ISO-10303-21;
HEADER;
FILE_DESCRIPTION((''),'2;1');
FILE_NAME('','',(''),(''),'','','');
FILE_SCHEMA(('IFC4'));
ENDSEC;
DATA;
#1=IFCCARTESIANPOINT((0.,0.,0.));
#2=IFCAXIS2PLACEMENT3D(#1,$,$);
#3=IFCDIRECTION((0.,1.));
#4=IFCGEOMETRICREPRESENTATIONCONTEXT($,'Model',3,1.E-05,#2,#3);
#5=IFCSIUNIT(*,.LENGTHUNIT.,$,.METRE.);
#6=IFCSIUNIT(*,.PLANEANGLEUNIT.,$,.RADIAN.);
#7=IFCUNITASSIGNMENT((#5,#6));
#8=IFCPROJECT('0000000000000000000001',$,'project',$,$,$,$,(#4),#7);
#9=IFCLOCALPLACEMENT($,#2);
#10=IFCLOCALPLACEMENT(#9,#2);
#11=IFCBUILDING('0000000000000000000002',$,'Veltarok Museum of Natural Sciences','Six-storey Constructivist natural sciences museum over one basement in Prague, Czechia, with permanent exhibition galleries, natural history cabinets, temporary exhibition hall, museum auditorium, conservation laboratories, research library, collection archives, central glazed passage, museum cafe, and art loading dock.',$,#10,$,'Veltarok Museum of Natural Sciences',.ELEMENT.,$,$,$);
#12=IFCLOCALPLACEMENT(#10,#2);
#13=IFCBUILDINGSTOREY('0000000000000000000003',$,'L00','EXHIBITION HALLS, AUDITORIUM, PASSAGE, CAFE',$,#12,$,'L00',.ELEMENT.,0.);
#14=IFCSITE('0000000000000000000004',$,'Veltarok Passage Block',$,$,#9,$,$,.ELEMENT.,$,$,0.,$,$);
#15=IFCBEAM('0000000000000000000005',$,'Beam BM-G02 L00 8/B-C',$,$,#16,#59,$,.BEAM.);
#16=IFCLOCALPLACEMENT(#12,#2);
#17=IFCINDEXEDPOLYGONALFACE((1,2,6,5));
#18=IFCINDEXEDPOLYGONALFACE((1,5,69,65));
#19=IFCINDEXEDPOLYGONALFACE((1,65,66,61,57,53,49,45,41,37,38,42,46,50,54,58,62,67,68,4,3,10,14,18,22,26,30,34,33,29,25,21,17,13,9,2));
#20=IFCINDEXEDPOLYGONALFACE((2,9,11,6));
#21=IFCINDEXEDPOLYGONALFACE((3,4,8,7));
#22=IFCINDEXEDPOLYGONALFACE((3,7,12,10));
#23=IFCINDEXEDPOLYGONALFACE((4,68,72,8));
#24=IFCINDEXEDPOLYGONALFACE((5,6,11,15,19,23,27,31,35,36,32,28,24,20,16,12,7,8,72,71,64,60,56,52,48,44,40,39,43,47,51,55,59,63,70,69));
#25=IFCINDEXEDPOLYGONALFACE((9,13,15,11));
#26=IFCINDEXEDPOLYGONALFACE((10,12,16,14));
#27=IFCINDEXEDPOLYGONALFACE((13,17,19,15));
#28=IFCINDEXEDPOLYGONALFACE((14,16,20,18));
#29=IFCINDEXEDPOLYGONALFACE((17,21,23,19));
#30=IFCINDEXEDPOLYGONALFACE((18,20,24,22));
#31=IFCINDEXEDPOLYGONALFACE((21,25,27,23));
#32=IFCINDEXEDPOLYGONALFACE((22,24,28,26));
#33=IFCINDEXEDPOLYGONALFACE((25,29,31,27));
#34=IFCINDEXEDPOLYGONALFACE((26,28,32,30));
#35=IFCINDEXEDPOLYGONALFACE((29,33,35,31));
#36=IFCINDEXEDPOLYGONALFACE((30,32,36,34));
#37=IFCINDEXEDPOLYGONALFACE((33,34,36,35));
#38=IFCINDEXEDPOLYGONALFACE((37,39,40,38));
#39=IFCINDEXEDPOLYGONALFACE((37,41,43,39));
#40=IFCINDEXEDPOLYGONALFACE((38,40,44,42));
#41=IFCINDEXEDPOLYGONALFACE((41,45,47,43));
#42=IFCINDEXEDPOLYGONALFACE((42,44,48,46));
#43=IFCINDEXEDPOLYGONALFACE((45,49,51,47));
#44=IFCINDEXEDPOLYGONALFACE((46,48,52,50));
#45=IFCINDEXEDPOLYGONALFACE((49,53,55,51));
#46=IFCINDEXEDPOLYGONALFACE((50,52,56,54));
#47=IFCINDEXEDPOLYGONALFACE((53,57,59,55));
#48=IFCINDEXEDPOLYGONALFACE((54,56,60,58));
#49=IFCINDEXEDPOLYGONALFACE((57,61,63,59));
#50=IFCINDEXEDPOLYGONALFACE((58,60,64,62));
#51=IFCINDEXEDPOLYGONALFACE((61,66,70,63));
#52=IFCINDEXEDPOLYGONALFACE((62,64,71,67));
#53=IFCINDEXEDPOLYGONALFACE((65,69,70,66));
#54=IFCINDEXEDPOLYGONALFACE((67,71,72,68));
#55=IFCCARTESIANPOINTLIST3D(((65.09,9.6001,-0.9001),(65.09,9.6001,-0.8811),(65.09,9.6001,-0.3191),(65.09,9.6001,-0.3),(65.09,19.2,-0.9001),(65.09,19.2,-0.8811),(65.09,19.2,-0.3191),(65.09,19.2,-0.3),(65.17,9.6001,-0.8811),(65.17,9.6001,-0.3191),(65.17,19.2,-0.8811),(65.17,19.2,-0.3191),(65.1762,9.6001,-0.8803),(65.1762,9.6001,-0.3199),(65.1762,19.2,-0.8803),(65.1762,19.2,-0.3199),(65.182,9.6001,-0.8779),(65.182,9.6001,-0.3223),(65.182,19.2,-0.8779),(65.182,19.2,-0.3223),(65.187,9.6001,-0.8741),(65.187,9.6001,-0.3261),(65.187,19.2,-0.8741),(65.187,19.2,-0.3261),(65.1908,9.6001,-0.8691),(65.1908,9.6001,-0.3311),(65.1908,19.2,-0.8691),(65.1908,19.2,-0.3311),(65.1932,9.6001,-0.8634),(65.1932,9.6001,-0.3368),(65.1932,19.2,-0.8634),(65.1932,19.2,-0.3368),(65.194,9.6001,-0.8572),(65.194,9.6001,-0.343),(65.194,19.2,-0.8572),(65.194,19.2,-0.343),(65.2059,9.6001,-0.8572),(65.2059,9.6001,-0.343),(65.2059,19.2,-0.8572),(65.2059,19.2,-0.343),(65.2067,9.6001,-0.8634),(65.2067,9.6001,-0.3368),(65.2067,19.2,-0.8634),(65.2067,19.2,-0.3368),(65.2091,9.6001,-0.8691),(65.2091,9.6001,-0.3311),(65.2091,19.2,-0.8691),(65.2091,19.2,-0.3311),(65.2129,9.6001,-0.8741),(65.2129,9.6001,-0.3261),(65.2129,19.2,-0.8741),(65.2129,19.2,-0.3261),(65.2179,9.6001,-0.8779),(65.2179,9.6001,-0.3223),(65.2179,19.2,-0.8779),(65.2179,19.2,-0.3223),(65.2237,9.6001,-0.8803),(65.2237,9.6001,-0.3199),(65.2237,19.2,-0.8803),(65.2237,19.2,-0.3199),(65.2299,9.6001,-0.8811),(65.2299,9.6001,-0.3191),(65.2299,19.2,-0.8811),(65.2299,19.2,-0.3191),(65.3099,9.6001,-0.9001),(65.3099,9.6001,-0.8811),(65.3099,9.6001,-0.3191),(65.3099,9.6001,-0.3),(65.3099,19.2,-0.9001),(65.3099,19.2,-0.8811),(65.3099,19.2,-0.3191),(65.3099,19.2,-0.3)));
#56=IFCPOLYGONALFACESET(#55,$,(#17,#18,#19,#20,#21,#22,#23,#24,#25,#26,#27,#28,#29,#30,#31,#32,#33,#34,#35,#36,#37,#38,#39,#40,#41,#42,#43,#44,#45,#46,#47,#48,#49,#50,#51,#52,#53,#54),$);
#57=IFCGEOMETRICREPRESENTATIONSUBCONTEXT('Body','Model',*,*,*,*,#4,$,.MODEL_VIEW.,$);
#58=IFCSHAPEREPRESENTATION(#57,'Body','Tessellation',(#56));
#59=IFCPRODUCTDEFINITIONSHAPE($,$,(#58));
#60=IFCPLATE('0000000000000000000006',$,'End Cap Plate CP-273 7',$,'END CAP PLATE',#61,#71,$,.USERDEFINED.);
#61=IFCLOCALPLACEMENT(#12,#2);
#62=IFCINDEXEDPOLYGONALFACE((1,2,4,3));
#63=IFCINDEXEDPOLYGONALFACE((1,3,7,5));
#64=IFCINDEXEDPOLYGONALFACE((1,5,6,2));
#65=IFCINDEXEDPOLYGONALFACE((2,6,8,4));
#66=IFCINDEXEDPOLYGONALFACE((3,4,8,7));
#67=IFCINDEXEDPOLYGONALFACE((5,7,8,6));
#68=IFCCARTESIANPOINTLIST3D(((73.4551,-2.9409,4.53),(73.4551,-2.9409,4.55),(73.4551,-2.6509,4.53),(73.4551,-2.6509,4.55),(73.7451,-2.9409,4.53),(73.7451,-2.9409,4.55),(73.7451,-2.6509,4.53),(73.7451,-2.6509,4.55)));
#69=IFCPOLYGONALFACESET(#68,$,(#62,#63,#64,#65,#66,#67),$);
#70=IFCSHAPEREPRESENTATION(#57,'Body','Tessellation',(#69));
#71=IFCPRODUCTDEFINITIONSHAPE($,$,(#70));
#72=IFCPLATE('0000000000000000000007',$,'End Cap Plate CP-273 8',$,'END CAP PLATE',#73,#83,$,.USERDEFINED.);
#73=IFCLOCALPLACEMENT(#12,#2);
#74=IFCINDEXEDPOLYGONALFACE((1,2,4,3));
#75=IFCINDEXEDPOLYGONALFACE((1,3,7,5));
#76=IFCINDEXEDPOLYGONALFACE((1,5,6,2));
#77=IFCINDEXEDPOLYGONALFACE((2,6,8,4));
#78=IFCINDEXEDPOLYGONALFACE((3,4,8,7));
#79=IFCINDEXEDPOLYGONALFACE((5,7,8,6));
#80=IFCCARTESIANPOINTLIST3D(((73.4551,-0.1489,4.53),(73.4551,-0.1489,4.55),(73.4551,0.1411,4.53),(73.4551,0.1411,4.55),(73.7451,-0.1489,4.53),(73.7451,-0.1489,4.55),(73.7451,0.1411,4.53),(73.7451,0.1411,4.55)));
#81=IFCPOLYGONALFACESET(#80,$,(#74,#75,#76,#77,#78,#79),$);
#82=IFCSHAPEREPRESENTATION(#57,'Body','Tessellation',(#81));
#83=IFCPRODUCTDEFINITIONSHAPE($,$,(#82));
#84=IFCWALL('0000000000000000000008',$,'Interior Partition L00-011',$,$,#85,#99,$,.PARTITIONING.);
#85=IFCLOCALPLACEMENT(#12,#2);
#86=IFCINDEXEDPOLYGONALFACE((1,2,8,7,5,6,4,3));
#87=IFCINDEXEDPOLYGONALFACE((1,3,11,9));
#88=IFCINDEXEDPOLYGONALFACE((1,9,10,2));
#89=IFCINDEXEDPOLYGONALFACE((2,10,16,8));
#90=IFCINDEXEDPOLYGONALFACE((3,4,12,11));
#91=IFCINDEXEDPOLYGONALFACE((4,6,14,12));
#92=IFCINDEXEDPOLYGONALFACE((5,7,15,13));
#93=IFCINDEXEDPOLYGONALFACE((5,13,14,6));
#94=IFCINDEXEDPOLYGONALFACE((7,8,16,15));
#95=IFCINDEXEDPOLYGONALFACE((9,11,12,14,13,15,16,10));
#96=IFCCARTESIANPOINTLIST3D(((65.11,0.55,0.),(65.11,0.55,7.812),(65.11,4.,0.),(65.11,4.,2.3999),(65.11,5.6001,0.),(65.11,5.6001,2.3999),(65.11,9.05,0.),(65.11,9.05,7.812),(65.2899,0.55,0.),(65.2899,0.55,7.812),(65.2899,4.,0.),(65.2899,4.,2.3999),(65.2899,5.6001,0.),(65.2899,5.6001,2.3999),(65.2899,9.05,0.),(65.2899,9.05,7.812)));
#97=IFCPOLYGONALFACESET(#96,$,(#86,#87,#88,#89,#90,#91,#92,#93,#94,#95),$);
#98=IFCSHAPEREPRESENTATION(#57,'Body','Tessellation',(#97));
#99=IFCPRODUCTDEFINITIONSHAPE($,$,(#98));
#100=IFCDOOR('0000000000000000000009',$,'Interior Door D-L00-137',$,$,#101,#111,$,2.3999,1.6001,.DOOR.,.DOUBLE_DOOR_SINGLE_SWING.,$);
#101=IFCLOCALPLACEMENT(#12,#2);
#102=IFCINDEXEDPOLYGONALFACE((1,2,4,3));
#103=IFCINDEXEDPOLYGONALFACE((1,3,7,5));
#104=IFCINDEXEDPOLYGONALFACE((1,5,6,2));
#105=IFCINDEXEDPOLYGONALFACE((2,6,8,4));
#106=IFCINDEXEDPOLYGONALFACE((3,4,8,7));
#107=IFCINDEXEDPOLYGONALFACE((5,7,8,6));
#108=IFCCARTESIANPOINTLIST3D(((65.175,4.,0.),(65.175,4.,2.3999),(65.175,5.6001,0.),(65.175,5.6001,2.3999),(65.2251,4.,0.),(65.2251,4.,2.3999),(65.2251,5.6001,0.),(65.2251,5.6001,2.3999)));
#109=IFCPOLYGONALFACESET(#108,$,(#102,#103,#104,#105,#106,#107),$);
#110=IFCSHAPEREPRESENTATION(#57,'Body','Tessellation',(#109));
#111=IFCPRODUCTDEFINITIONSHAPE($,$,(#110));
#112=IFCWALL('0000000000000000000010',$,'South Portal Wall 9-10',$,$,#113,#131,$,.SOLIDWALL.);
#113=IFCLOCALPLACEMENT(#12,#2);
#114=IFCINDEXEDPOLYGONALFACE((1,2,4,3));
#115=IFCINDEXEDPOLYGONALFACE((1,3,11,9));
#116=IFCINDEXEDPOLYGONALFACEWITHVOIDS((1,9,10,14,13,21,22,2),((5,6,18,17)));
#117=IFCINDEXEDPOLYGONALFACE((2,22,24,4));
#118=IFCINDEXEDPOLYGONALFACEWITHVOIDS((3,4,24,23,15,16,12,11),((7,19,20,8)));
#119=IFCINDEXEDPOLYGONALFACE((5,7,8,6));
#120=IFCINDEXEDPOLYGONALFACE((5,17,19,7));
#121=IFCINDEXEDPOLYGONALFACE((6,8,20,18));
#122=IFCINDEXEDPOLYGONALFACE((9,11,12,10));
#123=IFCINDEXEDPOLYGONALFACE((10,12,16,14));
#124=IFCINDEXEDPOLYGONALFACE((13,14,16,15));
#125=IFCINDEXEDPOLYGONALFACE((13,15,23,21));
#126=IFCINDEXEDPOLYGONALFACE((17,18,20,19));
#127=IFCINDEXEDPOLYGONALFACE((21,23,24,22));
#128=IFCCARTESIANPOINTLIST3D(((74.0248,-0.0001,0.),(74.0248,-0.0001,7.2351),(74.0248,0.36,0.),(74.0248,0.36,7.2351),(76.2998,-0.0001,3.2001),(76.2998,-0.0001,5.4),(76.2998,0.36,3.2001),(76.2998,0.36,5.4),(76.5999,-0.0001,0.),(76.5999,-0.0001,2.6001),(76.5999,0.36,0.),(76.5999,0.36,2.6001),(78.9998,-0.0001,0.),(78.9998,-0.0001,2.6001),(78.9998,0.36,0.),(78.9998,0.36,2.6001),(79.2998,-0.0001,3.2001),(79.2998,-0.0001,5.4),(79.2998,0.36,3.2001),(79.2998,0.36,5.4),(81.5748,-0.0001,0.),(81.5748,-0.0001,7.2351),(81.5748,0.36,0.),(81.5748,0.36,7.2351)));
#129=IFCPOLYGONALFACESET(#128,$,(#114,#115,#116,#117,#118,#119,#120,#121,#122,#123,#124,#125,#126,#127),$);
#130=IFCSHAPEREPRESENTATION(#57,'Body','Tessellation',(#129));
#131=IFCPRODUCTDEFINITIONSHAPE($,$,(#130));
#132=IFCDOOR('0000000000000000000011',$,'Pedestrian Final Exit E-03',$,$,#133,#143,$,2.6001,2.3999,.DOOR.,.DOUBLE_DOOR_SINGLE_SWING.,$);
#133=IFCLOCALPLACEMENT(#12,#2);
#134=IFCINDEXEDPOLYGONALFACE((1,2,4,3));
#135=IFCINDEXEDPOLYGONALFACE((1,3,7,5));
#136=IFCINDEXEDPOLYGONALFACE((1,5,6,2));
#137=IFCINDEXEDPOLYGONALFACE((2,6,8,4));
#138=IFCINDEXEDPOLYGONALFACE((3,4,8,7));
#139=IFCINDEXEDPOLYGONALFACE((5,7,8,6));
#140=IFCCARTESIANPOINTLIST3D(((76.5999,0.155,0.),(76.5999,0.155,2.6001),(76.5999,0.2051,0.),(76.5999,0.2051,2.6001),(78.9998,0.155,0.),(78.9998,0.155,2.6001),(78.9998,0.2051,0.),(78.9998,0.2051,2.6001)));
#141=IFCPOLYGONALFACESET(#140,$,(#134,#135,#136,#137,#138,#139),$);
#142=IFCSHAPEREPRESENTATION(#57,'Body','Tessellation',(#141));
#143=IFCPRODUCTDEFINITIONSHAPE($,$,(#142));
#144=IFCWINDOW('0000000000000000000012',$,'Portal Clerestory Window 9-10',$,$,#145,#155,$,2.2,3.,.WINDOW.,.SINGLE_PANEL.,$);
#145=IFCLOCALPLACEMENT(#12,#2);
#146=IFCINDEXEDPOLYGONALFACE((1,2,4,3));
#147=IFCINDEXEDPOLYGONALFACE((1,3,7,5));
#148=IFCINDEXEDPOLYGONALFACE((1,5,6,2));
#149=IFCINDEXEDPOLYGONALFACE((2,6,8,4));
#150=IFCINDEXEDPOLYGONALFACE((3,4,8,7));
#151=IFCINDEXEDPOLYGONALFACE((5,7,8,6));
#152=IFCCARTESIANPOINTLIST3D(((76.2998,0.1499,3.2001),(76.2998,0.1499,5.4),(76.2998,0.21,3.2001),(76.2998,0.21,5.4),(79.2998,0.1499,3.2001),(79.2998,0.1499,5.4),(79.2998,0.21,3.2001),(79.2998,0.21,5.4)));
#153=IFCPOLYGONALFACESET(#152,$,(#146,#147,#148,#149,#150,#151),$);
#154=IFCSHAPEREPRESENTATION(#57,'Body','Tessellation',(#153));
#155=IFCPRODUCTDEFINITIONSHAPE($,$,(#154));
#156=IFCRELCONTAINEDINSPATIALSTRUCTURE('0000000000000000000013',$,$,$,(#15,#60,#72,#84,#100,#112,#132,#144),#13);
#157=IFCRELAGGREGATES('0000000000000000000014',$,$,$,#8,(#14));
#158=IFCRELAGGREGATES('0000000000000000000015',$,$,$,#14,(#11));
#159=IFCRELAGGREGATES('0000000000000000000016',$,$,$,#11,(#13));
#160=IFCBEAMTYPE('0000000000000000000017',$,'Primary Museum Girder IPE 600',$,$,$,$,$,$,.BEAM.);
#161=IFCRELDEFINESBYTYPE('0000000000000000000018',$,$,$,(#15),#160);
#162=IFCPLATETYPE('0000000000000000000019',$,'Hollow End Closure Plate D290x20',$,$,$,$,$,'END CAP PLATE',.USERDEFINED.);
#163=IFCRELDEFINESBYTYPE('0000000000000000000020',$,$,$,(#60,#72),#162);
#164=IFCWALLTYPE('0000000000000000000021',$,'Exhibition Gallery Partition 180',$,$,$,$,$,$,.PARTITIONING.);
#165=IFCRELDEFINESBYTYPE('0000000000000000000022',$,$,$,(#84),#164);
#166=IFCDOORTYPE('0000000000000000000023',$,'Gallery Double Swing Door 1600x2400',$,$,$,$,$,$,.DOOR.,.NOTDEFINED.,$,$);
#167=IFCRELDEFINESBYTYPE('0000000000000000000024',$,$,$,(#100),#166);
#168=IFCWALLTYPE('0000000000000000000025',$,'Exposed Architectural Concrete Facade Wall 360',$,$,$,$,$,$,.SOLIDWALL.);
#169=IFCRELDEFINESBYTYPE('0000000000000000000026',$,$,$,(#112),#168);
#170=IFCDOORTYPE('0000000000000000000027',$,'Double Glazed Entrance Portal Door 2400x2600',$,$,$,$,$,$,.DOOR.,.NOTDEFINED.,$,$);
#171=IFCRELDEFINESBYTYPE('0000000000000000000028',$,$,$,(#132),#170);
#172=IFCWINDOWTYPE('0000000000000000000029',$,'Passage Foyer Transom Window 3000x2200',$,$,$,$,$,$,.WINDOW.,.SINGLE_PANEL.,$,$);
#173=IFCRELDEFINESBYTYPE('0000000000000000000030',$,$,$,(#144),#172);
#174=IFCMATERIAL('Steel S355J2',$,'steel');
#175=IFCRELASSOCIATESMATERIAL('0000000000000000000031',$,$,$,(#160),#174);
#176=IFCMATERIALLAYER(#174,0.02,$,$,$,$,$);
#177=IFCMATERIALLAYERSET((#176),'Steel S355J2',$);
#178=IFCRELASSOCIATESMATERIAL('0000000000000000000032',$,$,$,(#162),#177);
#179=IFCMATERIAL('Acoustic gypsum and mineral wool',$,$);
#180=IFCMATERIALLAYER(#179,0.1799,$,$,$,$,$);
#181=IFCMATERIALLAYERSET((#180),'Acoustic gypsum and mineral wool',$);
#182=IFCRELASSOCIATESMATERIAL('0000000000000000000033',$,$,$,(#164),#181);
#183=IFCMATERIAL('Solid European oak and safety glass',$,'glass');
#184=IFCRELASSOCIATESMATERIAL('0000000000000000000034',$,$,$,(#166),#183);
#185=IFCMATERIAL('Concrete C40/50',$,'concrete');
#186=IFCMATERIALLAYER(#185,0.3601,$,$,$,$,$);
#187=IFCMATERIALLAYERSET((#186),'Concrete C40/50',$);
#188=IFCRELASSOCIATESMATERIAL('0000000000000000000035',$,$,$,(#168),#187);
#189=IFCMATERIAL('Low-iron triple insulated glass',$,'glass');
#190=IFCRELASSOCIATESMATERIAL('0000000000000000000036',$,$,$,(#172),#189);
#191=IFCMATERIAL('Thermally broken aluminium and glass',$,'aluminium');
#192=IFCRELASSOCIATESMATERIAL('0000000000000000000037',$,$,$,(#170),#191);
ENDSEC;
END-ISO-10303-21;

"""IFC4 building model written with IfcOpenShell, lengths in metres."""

from ifc_helpers import new_model, si_unit, direction, frame, frame_2d, origin, origin_2d, place, context, subcontext, project, spatial, rectangle, i_section, extrude, material, layer, layer_set, material_profile, profile_set, type_object, element, fill, save


model = new_model("IFC4")

# Units and contexts
model_context = context("Model", 3, precision=1e-05, world=origin(), true_north=direction((0.0, 1.0)))
body_context = subcontext(model_context, "Body", "Model", "MODEL_VIEW")
ifc_project = project(units=[si_unit("LENGTHUNIT", "METRE"), si_unit("PLANEANGLEUNIT", "RADIAN")], contexts=[model_context])

# Site, building, storey
site_placement = place(None, origin())
site = spatial("IfcSite", under=ifc_project, at=site_placement, Name="Veltarok Passage Block", CompositionType="ELEMENT", RefElevation=0.0)
building_placement = place(site_placement, origin())
building = spatial("IfcBuilding", under=site, at=building_placement, Name="Veltarok Museum of Natural Sciences", Description="Six-storey Constructivist natural sciences museum over one basement in Prague, Czechia, with permanent exhibition galleries, natural history cabinets, temporary exhibition hall, museum auditorium, conservation laboratories, research library, collection archives, central glazed passage, museum cafe, and art loading dock.", LongName="Veltarok Museum of Natural Sciences", CompositionType="ELEMENT")
storey_placement = place(building_placement, origin())
storey = spatial("IfcBuildingStorey", under=building, at=storey_placement, Name="L00", Description="EXHIBITION HALLS, AUDITORIUM, PASSAGE, CAFE", LongName="L00", CompositionType="ELEMENT", Elevation=0.0)

# Shared definitions
ifc_material_1 = material(Name="Steel S355J2", Category="steel")
ifc_material_2 = material(Name="Concrete C40/50", Category="concrete")

# Beam
ifc_material_profile_1 = material_profile(ifc_material_1, i_section(OverallWidth=0.22, OverallDepth=0.6001, WebThickness=0.012, FlangeThickness=0.019, FilletRadius=0.0239, at=origin_2d()), Name="IPE 600")
ifc_profile_set_1 = profile_set([ifc_material_profile_1], Name="Steel S355J2")
beam_type_1 = type_object("IfcBeamType", Name="Primary Museum Girder IPE 600", PredefinedType="BEAM", material=ifc_profile_set_1)
beam_1_placement = place(storey_placement, frame((65.2, 9.6001, -0.6001), z_axis=(0.0, 1.0, 0.0), x_axis=(-1.0, 0.0, 0.0)))
element("IfcBeam", 1, at=beam_1_placement, inside=storey, type_object=beam_type_1, Name="Beam BM-G02 L00 8/B-C", PredefinedType="BEAM", context=body_context, shape_type="SweptSolid", body=[
    extrude(i_section(OverallWidth=0.22, OverallDepth=0.6001, WebThickness=0.012, FlangeThickness=0.019, FilletRadius=0.0239, at=origin_2d()), origin(), (0.0, 0.0, 1.0), 9.5999),
])

# Plates
ifc_layer_1 = layer(ifc_material_1, 0.02)
ifc_layer_set_1 = layer_set([ifc_layer_1], Name="Steel S355J2")
plate_type = type_object("IfcPlateType", Name="Hollow End Closure Plate D290x20", ElementType="END CAP PLATE", PredefinedType="USERDEFINED", material=ifc_layer_set_1)
for number, where, z_axis, x_axis, name in (
    (2, (73.6001, -2.7959, 4.53), (0.0, 0.0, 1.0), (0.0, 1.0, 0.0), "End Cap Plate CP-273 7"),
    (3, (73.6001, -0.0039, 4.53), (0.0, 0.0, 1.0), (0.0, 1.0, 0.0), "End Cap Plate CP-273 8"),
):
    element("IfcPlate", number, at=place(storey_placement, frame(where, z_axis=z_axis, x_axis=x_axis)), inside=storey, type_object=plate_type, Name=name, ObjectType="END CAP PLATE", PredefinedType="USERDEFINED", context=body_context, shape_type="SweptSolid", body=[
        extrude(rectangle(XDim=0.29, YDim=0.29, at=origin_2d()), origin(), (0.0, 0.0, 1.0), 0.02),
    ])

# Wall, opening, door
ifc_material_3 = material(Name="Acoustic gypsum and mineral wool")
ifc_layer_2 = layer(ifc_material_3, 0.1799)
ifc_layer_set_2 = layer_set([ifc_layer_2], Name="Acoustic gypsum and mineral wool")
wall_type_1 = type_object("IfcWallType", Name="Exhibition Gallery Partition 180", PredefinedType="PARTITIONING", material=ifc_layer_set_2)
wall_1_placement = place(storey_placement, frame((65.2, 0.55, 0.0), z_axis=(0.0, 0.0, 1.0), x_axis=(0.0, 1.0, 0.0)))
wall_1 = element("IfcWall", 4, at=wall_1_placement, inside=storey, type_object=wall_type_1, Name="Interior Partition L00-011", PredefinedType="PARTITIONING", context=body_context, shape_type="SweptSolid", body=[
    extrude(rectangle(XDim=8.5, YDim=0.1799, at=frame_2d((4.25, 0.0))), origin(), (0.0, 0.0, 1.0), 7.812),
])
opening_1_placement = place(wall_1_placement, frame((3.45, 0.0, 0.0)))
opening_1 = element("IfcOpeningElement", 5, at=opening_1_placement, cuts=wall_1, PredefinedType="OPENING", context=body_context, shape_type="SweptSolid", body=[
    extrude(rectangle(XDim=1.6001, YDim=2.3999, at=frame_2d((0.8, 1.2))), frame((0.0, 0.1001, 0.0), z_axis=(0.0, -1.0, 0.0), x_axis=(1.0, 0.0, 0.0)), (0.0, 0.0, 1.0), 0.2),
])
ifc_material_4 = material(Name="Solid European oak and safety glass", Category="glass")
door_type_1 = type_object("IfcDoorType", Name="Gallery Double Swing Door 1600x2400", OperationType="NOTDEFINED", PredefinedType="DOOR", material=ifc_material_4)
door_1_placement = place(opening_1_placement, origin())
door_1 = element("IfcDoor", 6, at=door_1_placement, inside=storey, type_object=door_type_1, Name="Interior Door D-L00-137", OperationType="DOUBLE_DOOR_SINGLE_SWING", OverallHeight=2.3999, OverallWidth=1.6001, PredefinedType="DOOR", context=body_context, shape_type="SweptSolid", body=[
    extrude(rectangle(XDim=1.6001, YDim=2.3999, at=frame_2d((0.8, 1.2))), frame((0.0, 0.0249, 0.0), z_axis=(0.0, -1.0, 0.0), x_axis=(1.0, 0.0, 0.0)), (0.0, 0.0, 1.0), 0.05),
])
fill(opening_1, door_1)

# Wall, openings, door, window
ifc_layer_3 = layer(ifc_material_2, 0.3601)
ifc_layer_set_3 = layer_set([ifc_layer_3], Name="Concrete C40/50")
wall_type_2 = type_object("IfcWallType", Name="Exposed Architectural Concrete Facade Wall 360", PredefinedType="SOLIDWALL", material=ifc_layer_set_3)
ifc_material_5 = material(Name="Low-iron triple insulated glass", Category="glass")
window_type = type_object("IfcWindowType", Name="Passage Foyer Transom Window 3000x2200", PartitioningType="SINGLE_PANEL", PredefinedType="WINDOW", material=ifc_material_5)
wall_2_placement = place(storey_placement, frame((74.0249, 0.1799, 0.0), z_axis=(0.0, 0.0, 1.0), x_axis=(1.0, 0.0, 0.0)))
wall_2 = element("IfcWall", 7, at=wall_2_placement, inside=storey, type_object=wall_type_2, Name="South Portal Wall 9-10", PredefinedType="SOLIDWALL", context=body_context, shape_type="SweptSolid", body=[
    extrude(rectangle(XDim=7.55, YDim=0.3601, at=frame_2d((3.7749, 0.0))), origin(), (0.0, 0.0, 1.0), 7.2351),
])
opening_2_placement = place(wall_2_placement, frame((2.575, 0.0, 0.0)))
opening_2 = element("IfcOpeningElement", 8, at=opening_2_placement, cuts=wall_2, PredefinedType="OPENING", context=body_context, shape_type="SweptSolid", body=[
    extrude(rectangle(XDim=2.3999, YDim=2.6001, at=frame_2d((1.2, 1.3))), frame((0.0, 0.1899, 0.0), z_axis=(0.0, -1.0, 0.0), x_axis=(1.0, 0.0, 0.0)), (0.0, 0.0, 1.0), 0.3801),
])
opening_3_placement = place(wall_2_placement, frame((2.2749, 0.0, 3.2)))
opening_3 = element("IfcOpeningElement", 9, at=opening_3_placement, cuts=wall_2, PredefinedType="OPENING", context=body_context, shape_type="SweptSolid", body=[
    extrude(rectangle(XDim=3.0, YDim=2.2, at=frame_2d((1.5, 1.1001))), frame((0.0, 0.1899, 0.0), z_axis=(0.0, -1.0, 0.0), x_axis=(1.0, 0.0, 0.0)), (0.0, 0.0, 1.0), 0.3801),
])
ifc_material_6 = material(Name="Thermally broken aluminium and glass", Category="aluminium")
door_type_2 = type_object("IfcDoorType", Name="Double Glazed Entrance Portal Door 2400x2600", OperationType="NOTDEFINED", PredefinedType="DOOR", material=ifc_material_6)
door_2_placement = place(opening_2_placement, frame((2.3999, 0.0, 0.0), z_axis=(0.0, 0.0, 1.0), x_axis=(-1.0, 0.0, 0.0)))
door_2 = element("IfcDoor", 10, at=door_2_placement, inside=storey, type_object=door_type_2, Name="Pedestrian Final Exit E-03", OperationType="DOUBLE_DOOR_SINGLE_SWING", OverallHeight=2.6001, OverallWidth=2.3999, PredefinedType="DOOR", context=body_context, shape_type="SweptSolid", body=[
    extrude(rectangle(XDim=2.3999, YDim=2.6001, at=frame_2d((1.2, 1.3))), frame((0.0, 0.0249, 0.0), z_axis=(0.0, -1.0, 0.0), x_axis=(1.0, 0.0, 0.0)), (0.0, 0.0, 1.0), 0.05),
])
fill(opening_2, door_2)
window_1_placement = place(opening_3_placement, origin())
window_1 = element("IfcWindow", 11, at=window_1_placement, inside=storey, type_object=window_type, Name="Portal Clerestory Window 9-10", OverallHeight=2.2, OverallWidth=3.0, PartitioningType="SINGLE_PANEL", PredefinedType="WINDOW", context=body_context, shape_type="SweptSolid", body=[
    extrude(rectangle(XDim=3.0, YDim=2.2, at=frame_2d((1.5, 1.1001))), frame((0.0, 0.03, 0.0), z_axis=(0.0, -1.0, 0.0), x_axis=(1.0, 0.0, 0.0)), (0.0, 0.0, 1.0), 0.0601),
])
fill(opening_3, window_1)

save(model, "model.ifc")
